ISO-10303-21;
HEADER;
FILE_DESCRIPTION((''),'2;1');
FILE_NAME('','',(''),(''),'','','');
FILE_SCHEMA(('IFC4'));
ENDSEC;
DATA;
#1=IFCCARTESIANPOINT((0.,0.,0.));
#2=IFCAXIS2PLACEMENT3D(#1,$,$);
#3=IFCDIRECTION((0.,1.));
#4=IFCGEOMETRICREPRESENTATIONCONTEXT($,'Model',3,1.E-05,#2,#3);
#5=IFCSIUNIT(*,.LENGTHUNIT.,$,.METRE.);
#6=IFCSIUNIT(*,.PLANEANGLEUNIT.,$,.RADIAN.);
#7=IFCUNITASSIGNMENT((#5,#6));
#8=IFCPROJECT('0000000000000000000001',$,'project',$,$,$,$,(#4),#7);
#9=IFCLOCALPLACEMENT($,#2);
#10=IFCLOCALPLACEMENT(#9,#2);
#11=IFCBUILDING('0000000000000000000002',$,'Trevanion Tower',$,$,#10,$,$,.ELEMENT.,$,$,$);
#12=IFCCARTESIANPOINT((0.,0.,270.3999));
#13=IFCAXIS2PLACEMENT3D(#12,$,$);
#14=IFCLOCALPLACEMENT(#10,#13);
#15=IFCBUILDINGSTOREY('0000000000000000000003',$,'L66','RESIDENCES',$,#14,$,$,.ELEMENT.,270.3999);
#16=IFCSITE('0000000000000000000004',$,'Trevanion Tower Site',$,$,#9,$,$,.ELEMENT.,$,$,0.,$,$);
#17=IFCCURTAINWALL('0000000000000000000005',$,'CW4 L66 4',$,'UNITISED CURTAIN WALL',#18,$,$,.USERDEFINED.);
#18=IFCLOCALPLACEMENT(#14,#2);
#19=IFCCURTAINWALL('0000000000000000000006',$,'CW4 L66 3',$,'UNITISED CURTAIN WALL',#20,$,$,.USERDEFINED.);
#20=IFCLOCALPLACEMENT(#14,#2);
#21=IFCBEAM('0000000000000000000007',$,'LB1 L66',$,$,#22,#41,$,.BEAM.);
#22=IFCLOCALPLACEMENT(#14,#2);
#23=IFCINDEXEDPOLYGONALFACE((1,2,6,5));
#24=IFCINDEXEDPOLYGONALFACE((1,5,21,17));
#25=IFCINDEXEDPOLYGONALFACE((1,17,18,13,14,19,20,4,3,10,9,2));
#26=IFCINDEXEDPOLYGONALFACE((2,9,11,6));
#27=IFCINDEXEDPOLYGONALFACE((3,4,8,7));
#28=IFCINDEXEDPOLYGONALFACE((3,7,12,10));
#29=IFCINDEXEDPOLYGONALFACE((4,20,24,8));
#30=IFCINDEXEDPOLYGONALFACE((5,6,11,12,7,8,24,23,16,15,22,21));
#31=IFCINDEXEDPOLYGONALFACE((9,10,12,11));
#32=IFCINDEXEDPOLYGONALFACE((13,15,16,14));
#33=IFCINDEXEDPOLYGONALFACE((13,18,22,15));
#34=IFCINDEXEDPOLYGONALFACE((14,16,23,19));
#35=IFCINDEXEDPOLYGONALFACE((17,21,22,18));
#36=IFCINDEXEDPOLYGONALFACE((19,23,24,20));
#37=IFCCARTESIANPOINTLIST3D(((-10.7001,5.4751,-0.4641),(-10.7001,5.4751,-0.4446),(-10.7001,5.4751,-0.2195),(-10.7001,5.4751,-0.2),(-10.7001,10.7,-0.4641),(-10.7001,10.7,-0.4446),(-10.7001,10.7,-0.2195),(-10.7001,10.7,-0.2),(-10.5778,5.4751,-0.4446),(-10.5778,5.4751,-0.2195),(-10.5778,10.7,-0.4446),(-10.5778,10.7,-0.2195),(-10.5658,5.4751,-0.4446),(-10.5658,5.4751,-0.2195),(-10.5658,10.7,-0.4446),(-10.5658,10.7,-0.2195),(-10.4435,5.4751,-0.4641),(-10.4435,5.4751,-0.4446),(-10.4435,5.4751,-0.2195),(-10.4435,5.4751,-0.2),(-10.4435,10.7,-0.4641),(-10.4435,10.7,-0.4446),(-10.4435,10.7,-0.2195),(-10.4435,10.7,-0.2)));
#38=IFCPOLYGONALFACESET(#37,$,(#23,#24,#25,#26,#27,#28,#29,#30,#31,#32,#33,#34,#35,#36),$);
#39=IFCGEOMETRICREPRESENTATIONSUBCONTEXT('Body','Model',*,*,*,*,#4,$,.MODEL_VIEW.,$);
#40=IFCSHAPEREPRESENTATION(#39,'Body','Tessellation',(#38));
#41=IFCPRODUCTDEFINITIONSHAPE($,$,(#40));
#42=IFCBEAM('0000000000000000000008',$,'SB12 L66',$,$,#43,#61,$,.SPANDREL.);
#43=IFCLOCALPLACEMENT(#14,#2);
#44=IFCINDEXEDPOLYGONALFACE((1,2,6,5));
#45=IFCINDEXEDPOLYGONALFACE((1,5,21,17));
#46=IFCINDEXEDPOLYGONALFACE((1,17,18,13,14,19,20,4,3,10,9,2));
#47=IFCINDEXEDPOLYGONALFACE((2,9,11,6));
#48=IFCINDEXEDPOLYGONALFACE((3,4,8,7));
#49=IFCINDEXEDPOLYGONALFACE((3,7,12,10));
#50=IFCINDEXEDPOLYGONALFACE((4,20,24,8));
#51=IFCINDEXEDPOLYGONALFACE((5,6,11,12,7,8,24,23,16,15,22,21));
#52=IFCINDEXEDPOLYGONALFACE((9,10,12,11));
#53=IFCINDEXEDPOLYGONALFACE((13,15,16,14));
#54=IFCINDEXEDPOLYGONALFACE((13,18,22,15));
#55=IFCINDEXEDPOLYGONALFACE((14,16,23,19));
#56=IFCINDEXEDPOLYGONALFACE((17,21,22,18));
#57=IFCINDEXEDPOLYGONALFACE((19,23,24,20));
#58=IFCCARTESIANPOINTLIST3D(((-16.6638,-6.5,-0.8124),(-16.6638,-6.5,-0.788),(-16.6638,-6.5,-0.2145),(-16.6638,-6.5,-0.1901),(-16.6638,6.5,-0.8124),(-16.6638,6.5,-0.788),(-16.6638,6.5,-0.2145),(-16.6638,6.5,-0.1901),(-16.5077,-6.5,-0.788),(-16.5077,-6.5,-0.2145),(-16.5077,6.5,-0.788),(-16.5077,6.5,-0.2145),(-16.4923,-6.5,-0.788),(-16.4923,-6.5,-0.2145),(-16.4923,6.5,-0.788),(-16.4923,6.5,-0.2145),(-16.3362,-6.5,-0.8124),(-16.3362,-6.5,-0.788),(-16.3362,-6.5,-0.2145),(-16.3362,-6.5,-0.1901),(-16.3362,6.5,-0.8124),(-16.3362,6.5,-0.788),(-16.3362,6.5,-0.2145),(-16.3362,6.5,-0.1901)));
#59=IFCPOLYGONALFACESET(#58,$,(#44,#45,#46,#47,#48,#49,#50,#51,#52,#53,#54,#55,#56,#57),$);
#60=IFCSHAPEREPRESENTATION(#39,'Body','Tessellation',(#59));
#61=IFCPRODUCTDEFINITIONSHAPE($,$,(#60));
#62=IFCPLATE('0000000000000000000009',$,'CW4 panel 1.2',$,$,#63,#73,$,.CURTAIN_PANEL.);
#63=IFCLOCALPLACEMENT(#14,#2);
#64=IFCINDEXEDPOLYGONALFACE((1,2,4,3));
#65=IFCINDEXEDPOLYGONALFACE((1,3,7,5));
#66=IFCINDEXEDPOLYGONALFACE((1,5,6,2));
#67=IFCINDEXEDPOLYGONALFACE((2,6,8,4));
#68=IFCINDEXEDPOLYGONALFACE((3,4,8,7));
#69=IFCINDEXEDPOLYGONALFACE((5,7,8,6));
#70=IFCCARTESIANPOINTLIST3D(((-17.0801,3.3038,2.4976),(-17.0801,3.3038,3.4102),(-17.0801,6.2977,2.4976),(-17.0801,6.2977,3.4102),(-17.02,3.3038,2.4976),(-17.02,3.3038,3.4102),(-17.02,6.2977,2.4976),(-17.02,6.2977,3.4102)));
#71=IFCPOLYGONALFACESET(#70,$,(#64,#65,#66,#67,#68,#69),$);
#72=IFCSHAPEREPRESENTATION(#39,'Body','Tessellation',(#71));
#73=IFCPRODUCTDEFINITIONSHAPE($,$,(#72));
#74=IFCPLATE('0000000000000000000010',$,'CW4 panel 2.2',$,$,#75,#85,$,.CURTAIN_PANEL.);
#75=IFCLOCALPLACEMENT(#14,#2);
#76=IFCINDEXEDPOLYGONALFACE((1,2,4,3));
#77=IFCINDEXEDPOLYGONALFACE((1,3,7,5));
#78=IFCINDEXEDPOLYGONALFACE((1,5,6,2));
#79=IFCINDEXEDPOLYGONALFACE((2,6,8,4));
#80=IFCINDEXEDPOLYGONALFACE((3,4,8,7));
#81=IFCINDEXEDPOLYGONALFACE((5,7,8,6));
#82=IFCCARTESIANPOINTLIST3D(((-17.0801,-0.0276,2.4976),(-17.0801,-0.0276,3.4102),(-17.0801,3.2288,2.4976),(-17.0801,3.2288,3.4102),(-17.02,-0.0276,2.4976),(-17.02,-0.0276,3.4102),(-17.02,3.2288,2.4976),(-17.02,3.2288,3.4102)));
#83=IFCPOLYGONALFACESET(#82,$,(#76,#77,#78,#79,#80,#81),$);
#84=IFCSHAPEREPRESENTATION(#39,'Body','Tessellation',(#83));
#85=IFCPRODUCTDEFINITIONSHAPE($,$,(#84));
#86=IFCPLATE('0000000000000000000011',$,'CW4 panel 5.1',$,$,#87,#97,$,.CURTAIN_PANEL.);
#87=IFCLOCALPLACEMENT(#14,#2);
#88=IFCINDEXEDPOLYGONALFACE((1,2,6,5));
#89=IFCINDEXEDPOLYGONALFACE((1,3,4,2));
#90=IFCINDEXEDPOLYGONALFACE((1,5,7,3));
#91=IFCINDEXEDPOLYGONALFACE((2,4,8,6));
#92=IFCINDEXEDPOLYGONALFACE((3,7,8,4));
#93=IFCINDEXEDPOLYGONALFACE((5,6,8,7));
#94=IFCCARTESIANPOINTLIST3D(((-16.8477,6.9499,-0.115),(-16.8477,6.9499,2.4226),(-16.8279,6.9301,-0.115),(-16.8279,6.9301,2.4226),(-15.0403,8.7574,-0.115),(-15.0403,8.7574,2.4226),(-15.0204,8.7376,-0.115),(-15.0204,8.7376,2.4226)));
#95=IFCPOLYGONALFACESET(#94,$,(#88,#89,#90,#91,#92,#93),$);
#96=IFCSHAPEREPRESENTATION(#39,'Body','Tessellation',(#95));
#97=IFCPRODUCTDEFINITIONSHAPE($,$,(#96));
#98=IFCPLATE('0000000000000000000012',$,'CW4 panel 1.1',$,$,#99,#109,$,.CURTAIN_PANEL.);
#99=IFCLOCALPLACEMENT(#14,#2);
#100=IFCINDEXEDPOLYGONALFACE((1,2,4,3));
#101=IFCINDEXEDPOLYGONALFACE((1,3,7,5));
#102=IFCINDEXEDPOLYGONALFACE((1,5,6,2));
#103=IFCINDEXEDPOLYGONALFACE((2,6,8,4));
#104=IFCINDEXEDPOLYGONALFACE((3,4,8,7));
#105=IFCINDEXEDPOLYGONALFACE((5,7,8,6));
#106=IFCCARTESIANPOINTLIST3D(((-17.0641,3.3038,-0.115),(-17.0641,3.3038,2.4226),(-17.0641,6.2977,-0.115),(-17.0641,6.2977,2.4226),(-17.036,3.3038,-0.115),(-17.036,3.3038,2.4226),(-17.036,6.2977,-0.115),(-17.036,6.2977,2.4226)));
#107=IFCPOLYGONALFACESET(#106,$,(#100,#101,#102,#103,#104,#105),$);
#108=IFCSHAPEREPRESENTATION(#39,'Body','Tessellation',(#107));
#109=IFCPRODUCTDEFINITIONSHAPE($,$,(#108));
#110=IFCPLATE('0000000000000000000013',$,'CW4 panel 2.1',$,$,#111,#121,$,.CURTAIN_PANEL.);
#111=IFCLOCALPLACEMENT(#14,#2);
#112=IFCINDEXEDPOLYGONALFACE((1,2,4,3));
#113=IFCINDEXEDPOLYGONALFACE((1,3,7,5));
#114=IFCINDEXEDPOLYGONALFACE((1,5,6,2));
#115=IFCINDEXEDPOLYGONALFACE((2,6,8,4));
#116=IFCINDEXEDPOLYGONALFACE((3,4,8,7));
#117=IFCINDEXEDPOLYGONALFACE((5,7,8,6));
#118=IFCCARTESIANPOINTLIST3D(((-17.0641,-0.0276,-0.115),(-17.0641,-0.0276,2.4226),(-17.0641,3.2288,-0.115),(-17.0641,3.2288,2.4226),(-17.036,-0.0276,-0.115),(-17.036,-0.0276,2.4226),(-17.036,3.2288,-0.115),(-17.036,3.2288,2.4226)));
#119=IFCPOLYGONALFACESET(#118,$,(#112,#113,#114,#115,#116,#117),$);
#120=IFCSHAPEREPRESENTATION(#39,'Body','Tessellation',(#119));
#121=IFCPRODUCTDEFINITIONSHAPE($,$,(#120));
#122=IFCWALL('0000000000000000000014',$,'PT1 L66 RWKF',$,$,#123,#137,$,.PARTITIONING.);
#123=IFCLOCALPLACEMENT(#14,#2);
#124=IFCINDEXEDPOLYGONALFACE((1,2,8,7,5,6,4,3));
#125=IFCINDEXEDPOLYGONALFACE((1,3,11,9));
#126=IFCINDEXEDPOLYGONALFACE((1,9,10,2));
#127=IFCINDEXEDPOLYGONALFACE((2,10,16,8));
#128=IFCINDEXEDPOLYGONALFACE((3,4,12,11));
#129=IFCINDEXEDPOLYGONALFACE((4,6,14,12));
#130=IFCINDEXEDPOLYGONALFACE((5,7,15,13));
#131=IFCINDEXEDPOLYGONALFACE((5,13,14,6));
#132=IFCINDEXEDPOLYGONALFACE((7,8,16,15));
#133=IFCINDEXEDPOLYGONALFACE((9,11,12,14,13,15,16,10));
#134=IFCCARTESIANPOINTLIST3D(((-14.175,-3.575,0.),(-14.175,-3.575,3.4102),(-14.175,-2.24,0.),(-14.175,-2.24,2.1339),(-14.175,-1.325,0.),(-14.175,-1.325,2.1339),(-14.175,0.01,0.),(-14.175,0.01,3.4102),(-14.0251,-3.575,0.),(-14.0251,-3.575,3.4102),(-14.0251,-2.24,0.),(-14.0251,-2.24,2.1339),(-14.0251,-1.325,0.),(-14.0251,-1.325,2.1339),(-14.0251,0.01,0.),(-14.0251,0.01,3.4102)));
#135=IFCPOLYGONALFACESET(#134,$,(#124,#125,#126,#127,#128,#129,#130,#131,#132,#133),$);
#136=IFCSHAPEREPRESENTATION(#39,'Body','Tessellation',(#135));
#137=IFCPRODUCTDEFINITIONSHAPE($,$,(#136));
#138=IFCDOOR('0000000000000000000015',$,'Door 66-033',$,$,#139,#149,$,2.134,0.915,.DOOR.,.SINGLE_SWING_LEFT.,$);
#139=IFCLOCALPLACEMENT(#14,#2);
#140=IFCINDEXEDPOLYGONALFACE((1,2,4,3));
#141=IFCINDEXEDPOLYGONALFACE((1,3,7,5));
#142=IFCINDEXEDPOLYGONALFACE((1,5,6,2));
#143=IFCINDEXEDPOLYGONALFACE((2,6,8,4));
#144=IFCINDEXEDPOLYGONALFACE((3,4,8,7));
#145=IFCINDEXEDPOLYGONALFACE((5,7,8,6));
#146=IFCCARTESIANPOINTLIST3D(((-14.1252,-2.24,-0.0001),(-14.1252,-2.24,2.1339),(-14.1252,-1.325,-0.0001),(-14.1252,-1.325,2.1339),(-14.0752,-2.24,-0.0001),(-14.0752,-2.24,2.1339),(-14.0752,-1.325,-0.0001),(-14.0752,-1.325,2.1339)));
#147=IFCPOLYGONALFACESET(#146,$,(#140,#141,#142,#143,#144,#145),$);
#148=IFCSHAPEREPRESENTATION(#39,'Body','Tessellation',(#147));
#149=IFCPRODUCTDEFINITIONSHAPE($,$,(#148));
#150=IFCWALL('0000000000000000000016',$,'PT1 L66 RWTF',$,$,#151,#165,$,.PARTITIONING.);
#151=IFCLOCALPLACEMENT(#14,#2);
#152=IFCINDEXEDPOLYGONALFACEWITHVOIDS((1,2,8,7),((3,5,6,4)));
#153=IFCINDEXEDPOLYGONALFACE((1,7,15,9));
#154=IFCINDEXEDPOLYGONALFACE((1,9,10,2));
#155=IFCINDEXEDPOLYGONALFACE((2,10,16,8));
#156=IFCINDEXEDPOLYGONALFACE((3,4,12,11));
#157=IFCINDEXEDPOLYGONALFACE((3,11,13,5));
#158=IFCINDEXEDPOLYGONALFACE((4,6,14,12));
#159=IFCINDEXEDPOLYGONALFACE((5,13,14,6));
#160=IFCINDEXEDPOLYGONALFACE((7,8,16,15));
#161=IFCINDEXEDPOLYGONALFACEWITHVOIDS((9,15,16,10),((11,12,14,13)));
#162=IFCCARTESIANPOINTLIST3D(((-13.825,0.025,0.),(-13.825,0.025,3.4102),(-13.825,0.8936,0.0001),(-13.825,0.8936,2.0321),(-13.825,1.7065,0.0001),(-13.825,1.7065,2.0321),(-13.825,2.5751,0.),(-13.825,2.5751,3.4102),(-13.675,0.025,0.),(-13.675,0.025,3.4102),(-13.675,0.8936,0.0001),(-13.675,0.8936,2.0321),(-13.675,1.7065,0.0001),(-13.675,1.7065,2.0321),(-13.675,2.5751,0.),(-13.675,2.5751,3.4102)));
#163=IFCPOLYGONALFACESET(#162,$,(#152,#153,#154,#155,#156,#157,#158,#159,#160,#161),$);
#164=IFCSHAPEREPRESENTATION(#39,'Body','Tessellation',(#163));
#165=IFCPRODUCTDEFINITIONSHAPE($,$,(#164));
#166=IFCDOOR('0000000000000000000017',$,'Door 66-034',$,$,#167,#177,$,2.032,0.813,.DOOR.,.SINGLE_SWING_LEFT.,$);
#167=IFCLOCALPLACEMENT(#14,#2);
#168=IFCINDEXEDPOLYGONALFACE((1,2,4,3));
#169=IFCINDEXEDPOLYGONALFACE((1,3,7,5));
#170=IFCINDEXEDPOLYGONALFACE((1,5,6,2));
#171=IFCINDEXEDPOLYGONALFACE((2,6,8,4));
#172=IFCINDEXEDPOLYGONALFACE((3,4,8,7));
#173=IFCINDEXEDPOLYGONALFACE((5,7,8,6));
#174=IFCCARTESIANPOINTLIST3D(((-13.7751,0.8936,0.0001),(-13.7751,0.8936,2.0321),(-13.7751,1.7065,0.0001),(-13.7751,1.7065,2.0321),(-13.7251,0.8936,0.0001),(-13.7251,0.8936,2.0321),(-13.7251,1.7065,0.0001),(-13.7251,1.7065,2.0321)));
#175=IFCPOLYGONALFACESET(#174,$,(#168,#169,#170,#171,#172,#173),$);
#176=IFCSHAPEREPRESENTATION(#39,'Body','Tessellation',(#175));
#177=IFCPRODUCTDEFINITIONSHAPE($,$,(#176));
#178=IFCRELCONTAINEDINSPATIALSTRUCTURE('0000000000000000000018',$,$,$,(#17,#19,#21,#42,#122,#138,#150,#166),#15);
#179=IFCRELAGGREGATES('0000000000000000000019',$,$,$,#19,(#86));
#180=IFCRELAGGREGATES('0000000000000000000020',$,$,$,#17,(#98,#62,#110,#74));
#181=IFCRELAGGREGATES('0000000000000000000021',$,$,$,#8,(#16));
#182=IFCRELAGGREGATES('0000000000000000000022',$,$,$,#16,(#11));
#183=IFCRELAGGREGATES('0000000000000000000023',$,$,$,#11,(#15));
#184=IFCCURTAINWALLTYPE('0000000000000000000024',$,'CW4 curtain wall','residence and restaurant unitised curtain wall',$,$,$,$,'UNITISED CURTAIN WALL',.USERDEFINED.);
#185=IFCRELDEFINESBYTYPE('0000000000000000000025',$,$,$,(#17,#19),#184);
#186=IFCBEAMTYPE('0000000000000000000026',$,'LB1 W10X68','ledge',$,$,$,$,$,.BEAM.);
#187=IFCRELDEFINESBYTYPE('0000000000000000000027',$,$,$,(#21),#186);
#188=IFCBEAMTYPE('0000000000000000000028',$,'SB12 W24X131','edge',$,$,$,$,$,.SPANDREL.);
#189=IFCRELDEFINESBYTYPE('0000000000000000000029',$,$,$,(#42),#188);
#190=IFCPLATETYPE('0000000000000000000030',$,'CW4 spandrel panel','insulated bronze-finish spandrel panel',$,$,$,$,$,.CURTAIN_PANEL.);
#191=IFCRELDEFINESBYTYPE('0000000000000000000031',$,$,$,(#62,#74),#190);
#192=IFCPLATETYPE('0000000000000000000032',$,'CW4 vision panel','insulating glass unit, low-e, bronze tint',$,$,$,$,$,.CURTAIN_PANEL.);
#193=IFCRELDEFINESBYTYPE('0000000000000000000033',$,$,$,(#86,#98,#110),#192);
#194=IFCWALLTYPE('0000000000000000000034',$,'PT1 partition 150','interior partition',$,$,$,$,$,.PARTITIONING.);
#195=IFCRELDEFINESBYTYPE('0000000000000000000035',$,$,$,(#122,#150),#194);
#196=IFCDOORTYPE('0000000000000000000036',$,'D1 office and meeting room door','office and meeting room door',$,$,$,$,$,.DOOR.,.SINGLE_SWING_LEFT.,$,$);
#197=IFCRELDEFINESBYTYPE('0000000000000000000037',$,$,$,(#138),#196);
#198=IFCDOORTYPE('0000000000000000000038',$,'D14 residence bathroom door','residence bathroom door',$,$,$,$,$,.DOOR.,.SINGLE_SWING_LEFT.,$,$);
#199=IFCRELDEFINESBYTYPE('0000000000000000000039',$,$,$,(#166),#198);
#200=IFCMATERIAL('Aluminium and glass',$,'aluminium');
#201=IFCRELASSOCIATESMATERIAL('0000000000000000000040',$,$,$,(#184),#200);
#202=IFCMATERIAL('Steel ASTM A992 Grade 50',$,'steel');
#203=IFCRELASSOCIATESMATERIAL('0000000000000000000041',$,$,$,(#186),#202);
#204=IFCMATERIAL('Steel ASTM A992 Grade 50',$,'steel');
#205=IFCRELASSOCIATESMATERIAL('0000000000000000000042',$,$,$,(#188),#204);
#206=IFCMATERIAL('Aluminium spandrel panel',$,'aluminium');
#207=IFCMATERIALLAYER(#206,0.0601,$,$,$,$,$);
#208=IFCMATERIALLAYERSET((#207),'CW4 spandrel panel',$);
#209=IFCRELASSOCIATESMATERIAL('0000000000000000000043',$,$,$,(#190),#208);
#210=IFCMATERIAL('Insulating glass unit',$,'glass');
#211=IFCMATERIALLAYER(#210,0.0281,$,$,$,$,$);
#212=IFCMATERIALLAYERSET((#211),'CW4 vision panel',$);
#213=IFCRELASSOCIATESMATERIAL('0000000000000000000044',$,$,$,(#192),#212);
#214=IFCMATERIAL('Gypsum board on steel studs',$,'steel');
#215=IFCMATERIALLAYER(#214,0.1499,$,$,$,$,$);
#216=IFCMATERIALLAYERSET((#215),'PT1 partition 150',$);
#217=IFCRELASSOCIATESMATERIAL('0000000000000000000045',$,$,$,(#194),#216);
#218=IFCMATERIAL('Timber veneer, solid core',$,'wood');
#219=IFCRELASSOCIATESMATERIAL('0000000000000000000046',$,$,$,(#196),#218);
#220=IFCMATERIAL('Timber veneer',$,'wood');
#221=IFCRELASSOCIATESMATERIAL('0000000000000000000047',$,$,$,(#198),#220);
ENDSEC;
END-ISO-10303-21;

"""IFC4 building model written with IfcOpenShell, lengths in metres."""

from ifc_helpers import new_model, si_unit, direction, frame, frame_2d, origin, origin_2d, place, context, subcontext, project, spatial, rectangle, i_section, extrude, material, layer, layer_set, material_profile, profile_set, type_object, element, fill, aggregate, save


model = new_model("IFC4")

# Units and contexts
model_context = context("Model", 3, precision=1e-05, world=origin(), true_north=direction((0.0, 1.0)))
body_context = subcontext(model_context, "Body", "Model", "MODEL_VIEW")
ifc_project = project(units=[si_unit("LENGTHUNIT", "METRE"), si_unit("PLANEANGLEUNIT", "RADIAN")], contexts=[model_context])

# Site, building, storey
site_placement = place(None, origin())
site = spatial("IfcSite", under=ifc_project, at=site_placement, Name="Trevanion Tower Site", CompositionType="ELEMENT", RefElevation=0.0)
building_placement = place(site_placement, origin())
building = spatial("IfcBuilding", under=site, at=building_placement, Name="Trevanion Tower", CompositionType="ELEMENT")
storey_placement = place(building_placement, frame((0.0, 0.0, 270.3999)))
storey = spatial("IfcBuildingStorey", under=building, at=storey_placement, Name="L66", Description="RESIDENCES", CompositionType="ELEMENT", Elevation=270.3999)

# Curtain walls
ifc_material_1 = material(Name="Aluminium and glass", Category="aluminium")
curtain_wall_type = type_object("IfcCurtainWallType", Name="CW4 curtain wall", Description="residence and restaurant unitised curtain wall", ElementType="UNITISED CURTAIN WALL", PredefinedType="USERDEFINED", material=ifc_material_1)
curtain_wall_1_placement = place(storey_placement, origin())
curtain_wall_1 = element("IfcCurtainWall", 1, at=curtain_wall_1_placement, inside=storey, type_object=curtain_wall_type, Name="CW4 L66 4", ObjectType="UNITISED CURTAIN WALL", PredefinedType="USERDEFINED")
curtain_wall_2_placement = place(storey_placement, origin())
curtain_wall_2 = element("IfcCurtainWall", 2, at=curtain_wall_2_placement, inside=storey, type_object=curtain_wall_type, Name="CW4 L66 3", ObjectType="UNITISED CURTAIN WALL", PredefinedType="USERDEFINED")

# Beams
ifc_material_2 = material(Name="Steel ASTM A992 Grade 50", Category="steel")
ifc_material_profile_1 = material_profile(ifc_material_2, i_section(OverallWidth=0.2566, OverallDepth=0.2642, WebThickness=0.012, FlangeThickness=0.0195, at=origin_2d()), Name="W10X68")
ifc_profile_set_1 = profile_set([ifc_material_profile_1], Name="Steel ASTM A992 Grade 50")
beam_type_1 = type_object("IfcBeamType", Name="LB1 W10X68", Description="ledge", PredefinedType="BEAM", material=ifc_profile_set_1)
beam_1_placement = place(storey_placement, frame((-10.5718, 5.4751, -0.332), z_axis=(0.0, 1.0, 0.0), x_axis=(-1.0, 0.0, 0.0)))
element("IfcBeam", 3, at=beam_1_placement, inside=storey, type_object=beam_type_1, Name="LB1 L66", PredefinedType="BEAM", context=body_context, shape_type="SweptSolid", body=[
    extrude(i_section(OverallWidth=0.2566, OverallDepth=0.2642, WebThickness=0.012, FlangeThickness=0.0195, at=origin_2d()), origin(), (0.0, 0.0, 1.0), 5.2249),
])
ifc_material_3 = material(Name="Steel ASTM A992 Grade 50", Category="steel")
ifc_material_profile_2 = material_profile(ifc_material_3, i_section(OverallWidth=0.3276, OverallDepth=0.6223, WebThickness=0.0154, FlangeThickness=0.0244, at=origin_2d()), Name="W24X131")
ifc_profile_set_2 = profile_set([ifc_material_profile_2], Name="Steel ASTM A992 Grade 50")
beam_type_2 = type_object("IfcBeamType", Name="SB12 W24X131", Description="edge", PredefinedType="SPANDREL", material=ifc_profile_set_2)
beam_2_placement = place(storey_placement, frame((-16.5, 6.5, -0.5012), z_axis=(0.0, -1.0, 0.0), x_axis=(1.0, 0.0, 0.0)))
element("IfcBeam", 4, at=beam_2_placement, inside=storey, type_object=beam_type_2, Name="SB12 L66", PredefinedType="SPANDREL", context=body_context, shape_type="SweptSolid", body=[
    extrude(i_section(OverallWidth=0.3276, OverallDepth=0.6223, WebThickness=0.0154, FlangeThickness=0.0244, at=origin_2d()), origin(), (0.0, 0.0, 1.0), 13.0),
])

# Plates
ifc_material_4 = material(Name="Aluminium spandrel panel", Category="aluminium")
ifc_layer_1 = layer(ifc_material_4, 0.0601)
ifc_layer_set_1 = layer_set([ifc_layer_1], Name="CW4 spandrel panel")
plate_type_1 = type_object("IfcPlateType", Name="CW4 spandrel panel", Description="insulated bronze-finish spandrel panel", PredefinedType="CURTAIN_PANEL", material=ifc_layer_set_1)
plate_1_placement = place(storey_placement, frame((-17.05, 4.8008, 2.4976), z_axis=(0.0, 0.0, 1.0), x_axis=(0.0, -1.0, 0.0)))
plate_1 = element("IfcPlate", 5, at=plate_1_placement, type_object=plate_type_1, Name="CW4 panel 1.2", PredefinedType="CURTAIN_PANEL", context=body_context, shape_type="SweptSolid", body=[
    extrude(rectangle(XDim=2.9939, YDim=0.0601, at=origin_2d()), origin(), (0.0, 0.0, 1.0), 0.9126),
])
plate_2_placement = place(storey_placement, frame((-17.05, 1.6006, 2.4976), z_axis=(0.0, 0.0, 1.0), x_axis=(0.0, -1.0, 0.0)))
plate_2 = element("IfcPlate", 6, at=plate_2_placement, type_object=plate_type_1, Name="CW4 panel 2.2", PredefinedType="CURTAIN_PANEL", context=body_context, shape_type="SweptSolid", body=[
    extrude(rectangle(XDim=3.2563, YDim=0.0601, at=origin_2d()), origin(), (0.0, 0.0, 1.0), 0.9126),
])
ifc_material_5 = material(Name="Insulating glass unit", Category="glass")
ifc_layer_2 = layer(ifc_material_5, 0.0281)
ifc_layer_set_2 = layer_set([ifc_layer_2], Name="CW4 vision panel")
plate_type_2 = type_object("IfcPlateType", Name="CW4 vision panel", Description="insulating glass unit, low-e, bronze tint", PredefinedType="CURTAIN_PANEL", material=ifc_layer_set_2)
plate_3_placement = place(storey_placement, frame((-15.9341, 7.8438, -0.115), z_axis=(0.0, 0.0, 1.0), x_axis=(-0.707107, -0.707107, 0.0)))
plate_3 = element("IfcPlate", 7, at=plate_3_placement, type_object=plate_type_2, Name="CW4 panel 5.1", PredefinedType="CURTAIN_PANEL", context=body_context, shape_type="SweptSolid", body=[
    extrude(rectangle(XDim=2.5562, YDim=0.0281, at=origin_2d()), origin(), (0.0, 0.0, 1.0), 2.5376),
])
aggregate(curtain_wall_2, [plate_3])
plate_4_placement = place(storey_placement, frame((-17.05, 4.8008, -0.115), z_axis=(0.0, 0.0, 1.0), x_axis=(0.0, -1.0, 0.0)))
plate_4 = element("IfcPlate", 8, at=plate_4_placement, type_object=plate_type_2, Name="CW4 panel 1.1", PredefinedType="CURTAIN_PANEL", context=body_context, shape_type="SweptSolid", body=[
    extrude(rectangle(XDim=2.9939, YDim=0.0281, at=origin_2d()), origin(), (0.0, 0.0, 1.0), 2.5376),
])
plate_5_placement = place(storey_placement, frame((-17.05, 1.6006, -0.115), z_axis=(0.0, 0.0, 1.0), x_axis=(0.0, -1.0, 0.0)))
plate_5 = element("IfcPlate", 9, at=plate_5_placement, type_object=plate_type_2, Name="CW4 panel 2.1", PredefinedType="CURTAIN_PANEL", context=body_context, shape_type="SweptSolid", body=[
    extrude(rectangle(XDim=3.2563, YDim=0.0281, at=origin_2d()), origin(), (0.0, 0.0, 1.0), 2.5376),
])
aggregate(curtain_wall_1, [plate_4, plate_1, plate_5, plate_2])

# Walls, openings, doors
ifc_material_6 = material(Name="Gypsum board on steel studs", Category="steel")
ifc_layer_3 = layer(ifc_material_6, 0.1499)
ifc_layer_set_3 = layer_set([ifc_layer_3], Name="PT1 partition 150")
wall_type = type_object("IfcWallType", Name="PT1 partition 150", Description="interior partition", PredefinedType="PARTITIONING", material=ifc_layer_set_3)
wall_1_placement = place(storey_placement, frame((-14.1001, 0.01, 0.0), z_axis=(0.0, 0.0, 1.0), x_axis=(0.0, -1.0, 0.0)))
wall_1 = element("IfcWall", 10, at=wall_1_placement, inside=storey, type_object=wall_type, Name="PT1 L66 RWKF", PredefinedType="PARTITIONING", context=body_context, shape_type="SweptSolid", body=[
    extrude(rectangle(XDim=3.585, YDim=0.1499, at=frame_2d((1.7925, 0.0))), origin(), (0.0, 0.0, 1.0), 3.4102),
])
opening_1_placement = place(wall_1_placement, frame((1.335, 0.0, 0.0)))
opening_1 = element("IfcOpeningElement", 11, at=opening_1_placement, cuts=wall_1, PredefinedType="OPENING", context=body_context, shape_type="SweptSolid", body=[
    extrude(rectangle(XDim=0.915, YDim=2.134, at=frame_2d((0.4575, 1.0669))), frame((0.0, 0.085, 0.0), z_axis=(0.0, -1.0, 0.0), x_axis=(1.0, 0.0, 0.0)), (0.0, 0.0, 1.0), 0.1699),
])
ifc_material_7 = material(Name="Timber veneer, solid core", Category="wood")
door_type_1 = type_object("IfcDoorType", Name="D1 office and meeting room door", Description="office and meeting room door", OperationType="SINGLE_SWING_LEFT", PredefinedType="DOOR", material=ifc_material_7)
door_1_placement = place(opening_1_placement, origin())
door_1 = element("IfcDoor", 12, at=door_1_placement, inside=storey, type_object=door_type_1, Name="Door 66-033", OperationType="SINGLE_SWING_LEFT", OverallHeight=2.134, OverallWidth=0.915, PredefinedType="DOOR", context=body_context, shape_type="SweptSolid", body=[
    extrude(rectangle(XDim=0.915, YDim=2.134, at=frame_2d((0.4575, 1.0669))), frame((0.0, 0.0249, 0.0), z_axis=(0.0, -1.0, 0.0), x_axis=(1.0, 0.0, 0.0)), (0.0, 0.0, 1.0), 0.05),
])
fill(opening_1, door_1)
wall_2_placement = place(storey_placement, frame((-13.75, 2.575, 0.0), z_axis=(0.0, 0.0, 1.0), x_axis=(0.0, -1.0, 0.0)))
wall_2 = element("IfcWall", 13, at=wall_2_placement, inside=storey, type_object=wall_type, Name="PT1 L66 RWTF", PredefinedType="PARTITIONING", context=body_context, shape_type="SweptSolid", body=[
    extrude(rectangle(XDim=2.55, YDim=0.1499, at=frame_2d((1.2749, 0.0))), origin(), (0.0, 0.0, 1.0), 3.4102),
])
opening_2_placement = place(wall_2_placement, frame((0.8684, 0.0, 0.0)))
opening_2 = element("IfcOpeningElement", 14, at=opening_2_placement, cuts=wall_2, PredefinedType="OPENING", context=body_context, shape_type="SweptSolid", body=[
    extrude(rectangle(XDim=0.813, YDim=2.032, at=frame_2d((0.4065, 1.0161))), frame((0.0, 0.085, 0.0), z_axis=(0.0, -1.0, 0.0), x_axis=(1.0, 0.0, 0.0)), (0.0, 0.0, 1.0), 0.1699),
])
ifc_material_8 = material(Name="Timber veneer", Category="wood")
door_type_2 = type_object("IfcDoorType", Name="D14 residence bathroom door", Description="residence bathroom door", OperationType="SINGLE_SWING_LEFT", PredefinedType="DOOR", material=ifc_material_8)
door_2_placement = place(opening_2_placement, origin())
door_2 = element("IfcDoor", 15, at=door_2_placement, inside=storey, type_object=door_type_2, Name="Door 66-034", OperationType="SINGLE_SWING_LEFT", OverallHeight=2.032, OverallWidth=0.813, PredefinedType="DOOR", context=body_context, shape_type="SweptSolid", body=[
    extrude(rectangle(XDim=0.813, YDim=2.032, at=frame_2d((0.4065, 1.0161))), frame((0.0, 0.0249, 0.0), z_axis=(0.0, -1.0, 0.0), x_axis=(1.0, 0.0, 0.0)), (0.0, 0.0, 1.0), 0.05),
])
fill(opening_2, door_2)

save(model, "model.ifc")
